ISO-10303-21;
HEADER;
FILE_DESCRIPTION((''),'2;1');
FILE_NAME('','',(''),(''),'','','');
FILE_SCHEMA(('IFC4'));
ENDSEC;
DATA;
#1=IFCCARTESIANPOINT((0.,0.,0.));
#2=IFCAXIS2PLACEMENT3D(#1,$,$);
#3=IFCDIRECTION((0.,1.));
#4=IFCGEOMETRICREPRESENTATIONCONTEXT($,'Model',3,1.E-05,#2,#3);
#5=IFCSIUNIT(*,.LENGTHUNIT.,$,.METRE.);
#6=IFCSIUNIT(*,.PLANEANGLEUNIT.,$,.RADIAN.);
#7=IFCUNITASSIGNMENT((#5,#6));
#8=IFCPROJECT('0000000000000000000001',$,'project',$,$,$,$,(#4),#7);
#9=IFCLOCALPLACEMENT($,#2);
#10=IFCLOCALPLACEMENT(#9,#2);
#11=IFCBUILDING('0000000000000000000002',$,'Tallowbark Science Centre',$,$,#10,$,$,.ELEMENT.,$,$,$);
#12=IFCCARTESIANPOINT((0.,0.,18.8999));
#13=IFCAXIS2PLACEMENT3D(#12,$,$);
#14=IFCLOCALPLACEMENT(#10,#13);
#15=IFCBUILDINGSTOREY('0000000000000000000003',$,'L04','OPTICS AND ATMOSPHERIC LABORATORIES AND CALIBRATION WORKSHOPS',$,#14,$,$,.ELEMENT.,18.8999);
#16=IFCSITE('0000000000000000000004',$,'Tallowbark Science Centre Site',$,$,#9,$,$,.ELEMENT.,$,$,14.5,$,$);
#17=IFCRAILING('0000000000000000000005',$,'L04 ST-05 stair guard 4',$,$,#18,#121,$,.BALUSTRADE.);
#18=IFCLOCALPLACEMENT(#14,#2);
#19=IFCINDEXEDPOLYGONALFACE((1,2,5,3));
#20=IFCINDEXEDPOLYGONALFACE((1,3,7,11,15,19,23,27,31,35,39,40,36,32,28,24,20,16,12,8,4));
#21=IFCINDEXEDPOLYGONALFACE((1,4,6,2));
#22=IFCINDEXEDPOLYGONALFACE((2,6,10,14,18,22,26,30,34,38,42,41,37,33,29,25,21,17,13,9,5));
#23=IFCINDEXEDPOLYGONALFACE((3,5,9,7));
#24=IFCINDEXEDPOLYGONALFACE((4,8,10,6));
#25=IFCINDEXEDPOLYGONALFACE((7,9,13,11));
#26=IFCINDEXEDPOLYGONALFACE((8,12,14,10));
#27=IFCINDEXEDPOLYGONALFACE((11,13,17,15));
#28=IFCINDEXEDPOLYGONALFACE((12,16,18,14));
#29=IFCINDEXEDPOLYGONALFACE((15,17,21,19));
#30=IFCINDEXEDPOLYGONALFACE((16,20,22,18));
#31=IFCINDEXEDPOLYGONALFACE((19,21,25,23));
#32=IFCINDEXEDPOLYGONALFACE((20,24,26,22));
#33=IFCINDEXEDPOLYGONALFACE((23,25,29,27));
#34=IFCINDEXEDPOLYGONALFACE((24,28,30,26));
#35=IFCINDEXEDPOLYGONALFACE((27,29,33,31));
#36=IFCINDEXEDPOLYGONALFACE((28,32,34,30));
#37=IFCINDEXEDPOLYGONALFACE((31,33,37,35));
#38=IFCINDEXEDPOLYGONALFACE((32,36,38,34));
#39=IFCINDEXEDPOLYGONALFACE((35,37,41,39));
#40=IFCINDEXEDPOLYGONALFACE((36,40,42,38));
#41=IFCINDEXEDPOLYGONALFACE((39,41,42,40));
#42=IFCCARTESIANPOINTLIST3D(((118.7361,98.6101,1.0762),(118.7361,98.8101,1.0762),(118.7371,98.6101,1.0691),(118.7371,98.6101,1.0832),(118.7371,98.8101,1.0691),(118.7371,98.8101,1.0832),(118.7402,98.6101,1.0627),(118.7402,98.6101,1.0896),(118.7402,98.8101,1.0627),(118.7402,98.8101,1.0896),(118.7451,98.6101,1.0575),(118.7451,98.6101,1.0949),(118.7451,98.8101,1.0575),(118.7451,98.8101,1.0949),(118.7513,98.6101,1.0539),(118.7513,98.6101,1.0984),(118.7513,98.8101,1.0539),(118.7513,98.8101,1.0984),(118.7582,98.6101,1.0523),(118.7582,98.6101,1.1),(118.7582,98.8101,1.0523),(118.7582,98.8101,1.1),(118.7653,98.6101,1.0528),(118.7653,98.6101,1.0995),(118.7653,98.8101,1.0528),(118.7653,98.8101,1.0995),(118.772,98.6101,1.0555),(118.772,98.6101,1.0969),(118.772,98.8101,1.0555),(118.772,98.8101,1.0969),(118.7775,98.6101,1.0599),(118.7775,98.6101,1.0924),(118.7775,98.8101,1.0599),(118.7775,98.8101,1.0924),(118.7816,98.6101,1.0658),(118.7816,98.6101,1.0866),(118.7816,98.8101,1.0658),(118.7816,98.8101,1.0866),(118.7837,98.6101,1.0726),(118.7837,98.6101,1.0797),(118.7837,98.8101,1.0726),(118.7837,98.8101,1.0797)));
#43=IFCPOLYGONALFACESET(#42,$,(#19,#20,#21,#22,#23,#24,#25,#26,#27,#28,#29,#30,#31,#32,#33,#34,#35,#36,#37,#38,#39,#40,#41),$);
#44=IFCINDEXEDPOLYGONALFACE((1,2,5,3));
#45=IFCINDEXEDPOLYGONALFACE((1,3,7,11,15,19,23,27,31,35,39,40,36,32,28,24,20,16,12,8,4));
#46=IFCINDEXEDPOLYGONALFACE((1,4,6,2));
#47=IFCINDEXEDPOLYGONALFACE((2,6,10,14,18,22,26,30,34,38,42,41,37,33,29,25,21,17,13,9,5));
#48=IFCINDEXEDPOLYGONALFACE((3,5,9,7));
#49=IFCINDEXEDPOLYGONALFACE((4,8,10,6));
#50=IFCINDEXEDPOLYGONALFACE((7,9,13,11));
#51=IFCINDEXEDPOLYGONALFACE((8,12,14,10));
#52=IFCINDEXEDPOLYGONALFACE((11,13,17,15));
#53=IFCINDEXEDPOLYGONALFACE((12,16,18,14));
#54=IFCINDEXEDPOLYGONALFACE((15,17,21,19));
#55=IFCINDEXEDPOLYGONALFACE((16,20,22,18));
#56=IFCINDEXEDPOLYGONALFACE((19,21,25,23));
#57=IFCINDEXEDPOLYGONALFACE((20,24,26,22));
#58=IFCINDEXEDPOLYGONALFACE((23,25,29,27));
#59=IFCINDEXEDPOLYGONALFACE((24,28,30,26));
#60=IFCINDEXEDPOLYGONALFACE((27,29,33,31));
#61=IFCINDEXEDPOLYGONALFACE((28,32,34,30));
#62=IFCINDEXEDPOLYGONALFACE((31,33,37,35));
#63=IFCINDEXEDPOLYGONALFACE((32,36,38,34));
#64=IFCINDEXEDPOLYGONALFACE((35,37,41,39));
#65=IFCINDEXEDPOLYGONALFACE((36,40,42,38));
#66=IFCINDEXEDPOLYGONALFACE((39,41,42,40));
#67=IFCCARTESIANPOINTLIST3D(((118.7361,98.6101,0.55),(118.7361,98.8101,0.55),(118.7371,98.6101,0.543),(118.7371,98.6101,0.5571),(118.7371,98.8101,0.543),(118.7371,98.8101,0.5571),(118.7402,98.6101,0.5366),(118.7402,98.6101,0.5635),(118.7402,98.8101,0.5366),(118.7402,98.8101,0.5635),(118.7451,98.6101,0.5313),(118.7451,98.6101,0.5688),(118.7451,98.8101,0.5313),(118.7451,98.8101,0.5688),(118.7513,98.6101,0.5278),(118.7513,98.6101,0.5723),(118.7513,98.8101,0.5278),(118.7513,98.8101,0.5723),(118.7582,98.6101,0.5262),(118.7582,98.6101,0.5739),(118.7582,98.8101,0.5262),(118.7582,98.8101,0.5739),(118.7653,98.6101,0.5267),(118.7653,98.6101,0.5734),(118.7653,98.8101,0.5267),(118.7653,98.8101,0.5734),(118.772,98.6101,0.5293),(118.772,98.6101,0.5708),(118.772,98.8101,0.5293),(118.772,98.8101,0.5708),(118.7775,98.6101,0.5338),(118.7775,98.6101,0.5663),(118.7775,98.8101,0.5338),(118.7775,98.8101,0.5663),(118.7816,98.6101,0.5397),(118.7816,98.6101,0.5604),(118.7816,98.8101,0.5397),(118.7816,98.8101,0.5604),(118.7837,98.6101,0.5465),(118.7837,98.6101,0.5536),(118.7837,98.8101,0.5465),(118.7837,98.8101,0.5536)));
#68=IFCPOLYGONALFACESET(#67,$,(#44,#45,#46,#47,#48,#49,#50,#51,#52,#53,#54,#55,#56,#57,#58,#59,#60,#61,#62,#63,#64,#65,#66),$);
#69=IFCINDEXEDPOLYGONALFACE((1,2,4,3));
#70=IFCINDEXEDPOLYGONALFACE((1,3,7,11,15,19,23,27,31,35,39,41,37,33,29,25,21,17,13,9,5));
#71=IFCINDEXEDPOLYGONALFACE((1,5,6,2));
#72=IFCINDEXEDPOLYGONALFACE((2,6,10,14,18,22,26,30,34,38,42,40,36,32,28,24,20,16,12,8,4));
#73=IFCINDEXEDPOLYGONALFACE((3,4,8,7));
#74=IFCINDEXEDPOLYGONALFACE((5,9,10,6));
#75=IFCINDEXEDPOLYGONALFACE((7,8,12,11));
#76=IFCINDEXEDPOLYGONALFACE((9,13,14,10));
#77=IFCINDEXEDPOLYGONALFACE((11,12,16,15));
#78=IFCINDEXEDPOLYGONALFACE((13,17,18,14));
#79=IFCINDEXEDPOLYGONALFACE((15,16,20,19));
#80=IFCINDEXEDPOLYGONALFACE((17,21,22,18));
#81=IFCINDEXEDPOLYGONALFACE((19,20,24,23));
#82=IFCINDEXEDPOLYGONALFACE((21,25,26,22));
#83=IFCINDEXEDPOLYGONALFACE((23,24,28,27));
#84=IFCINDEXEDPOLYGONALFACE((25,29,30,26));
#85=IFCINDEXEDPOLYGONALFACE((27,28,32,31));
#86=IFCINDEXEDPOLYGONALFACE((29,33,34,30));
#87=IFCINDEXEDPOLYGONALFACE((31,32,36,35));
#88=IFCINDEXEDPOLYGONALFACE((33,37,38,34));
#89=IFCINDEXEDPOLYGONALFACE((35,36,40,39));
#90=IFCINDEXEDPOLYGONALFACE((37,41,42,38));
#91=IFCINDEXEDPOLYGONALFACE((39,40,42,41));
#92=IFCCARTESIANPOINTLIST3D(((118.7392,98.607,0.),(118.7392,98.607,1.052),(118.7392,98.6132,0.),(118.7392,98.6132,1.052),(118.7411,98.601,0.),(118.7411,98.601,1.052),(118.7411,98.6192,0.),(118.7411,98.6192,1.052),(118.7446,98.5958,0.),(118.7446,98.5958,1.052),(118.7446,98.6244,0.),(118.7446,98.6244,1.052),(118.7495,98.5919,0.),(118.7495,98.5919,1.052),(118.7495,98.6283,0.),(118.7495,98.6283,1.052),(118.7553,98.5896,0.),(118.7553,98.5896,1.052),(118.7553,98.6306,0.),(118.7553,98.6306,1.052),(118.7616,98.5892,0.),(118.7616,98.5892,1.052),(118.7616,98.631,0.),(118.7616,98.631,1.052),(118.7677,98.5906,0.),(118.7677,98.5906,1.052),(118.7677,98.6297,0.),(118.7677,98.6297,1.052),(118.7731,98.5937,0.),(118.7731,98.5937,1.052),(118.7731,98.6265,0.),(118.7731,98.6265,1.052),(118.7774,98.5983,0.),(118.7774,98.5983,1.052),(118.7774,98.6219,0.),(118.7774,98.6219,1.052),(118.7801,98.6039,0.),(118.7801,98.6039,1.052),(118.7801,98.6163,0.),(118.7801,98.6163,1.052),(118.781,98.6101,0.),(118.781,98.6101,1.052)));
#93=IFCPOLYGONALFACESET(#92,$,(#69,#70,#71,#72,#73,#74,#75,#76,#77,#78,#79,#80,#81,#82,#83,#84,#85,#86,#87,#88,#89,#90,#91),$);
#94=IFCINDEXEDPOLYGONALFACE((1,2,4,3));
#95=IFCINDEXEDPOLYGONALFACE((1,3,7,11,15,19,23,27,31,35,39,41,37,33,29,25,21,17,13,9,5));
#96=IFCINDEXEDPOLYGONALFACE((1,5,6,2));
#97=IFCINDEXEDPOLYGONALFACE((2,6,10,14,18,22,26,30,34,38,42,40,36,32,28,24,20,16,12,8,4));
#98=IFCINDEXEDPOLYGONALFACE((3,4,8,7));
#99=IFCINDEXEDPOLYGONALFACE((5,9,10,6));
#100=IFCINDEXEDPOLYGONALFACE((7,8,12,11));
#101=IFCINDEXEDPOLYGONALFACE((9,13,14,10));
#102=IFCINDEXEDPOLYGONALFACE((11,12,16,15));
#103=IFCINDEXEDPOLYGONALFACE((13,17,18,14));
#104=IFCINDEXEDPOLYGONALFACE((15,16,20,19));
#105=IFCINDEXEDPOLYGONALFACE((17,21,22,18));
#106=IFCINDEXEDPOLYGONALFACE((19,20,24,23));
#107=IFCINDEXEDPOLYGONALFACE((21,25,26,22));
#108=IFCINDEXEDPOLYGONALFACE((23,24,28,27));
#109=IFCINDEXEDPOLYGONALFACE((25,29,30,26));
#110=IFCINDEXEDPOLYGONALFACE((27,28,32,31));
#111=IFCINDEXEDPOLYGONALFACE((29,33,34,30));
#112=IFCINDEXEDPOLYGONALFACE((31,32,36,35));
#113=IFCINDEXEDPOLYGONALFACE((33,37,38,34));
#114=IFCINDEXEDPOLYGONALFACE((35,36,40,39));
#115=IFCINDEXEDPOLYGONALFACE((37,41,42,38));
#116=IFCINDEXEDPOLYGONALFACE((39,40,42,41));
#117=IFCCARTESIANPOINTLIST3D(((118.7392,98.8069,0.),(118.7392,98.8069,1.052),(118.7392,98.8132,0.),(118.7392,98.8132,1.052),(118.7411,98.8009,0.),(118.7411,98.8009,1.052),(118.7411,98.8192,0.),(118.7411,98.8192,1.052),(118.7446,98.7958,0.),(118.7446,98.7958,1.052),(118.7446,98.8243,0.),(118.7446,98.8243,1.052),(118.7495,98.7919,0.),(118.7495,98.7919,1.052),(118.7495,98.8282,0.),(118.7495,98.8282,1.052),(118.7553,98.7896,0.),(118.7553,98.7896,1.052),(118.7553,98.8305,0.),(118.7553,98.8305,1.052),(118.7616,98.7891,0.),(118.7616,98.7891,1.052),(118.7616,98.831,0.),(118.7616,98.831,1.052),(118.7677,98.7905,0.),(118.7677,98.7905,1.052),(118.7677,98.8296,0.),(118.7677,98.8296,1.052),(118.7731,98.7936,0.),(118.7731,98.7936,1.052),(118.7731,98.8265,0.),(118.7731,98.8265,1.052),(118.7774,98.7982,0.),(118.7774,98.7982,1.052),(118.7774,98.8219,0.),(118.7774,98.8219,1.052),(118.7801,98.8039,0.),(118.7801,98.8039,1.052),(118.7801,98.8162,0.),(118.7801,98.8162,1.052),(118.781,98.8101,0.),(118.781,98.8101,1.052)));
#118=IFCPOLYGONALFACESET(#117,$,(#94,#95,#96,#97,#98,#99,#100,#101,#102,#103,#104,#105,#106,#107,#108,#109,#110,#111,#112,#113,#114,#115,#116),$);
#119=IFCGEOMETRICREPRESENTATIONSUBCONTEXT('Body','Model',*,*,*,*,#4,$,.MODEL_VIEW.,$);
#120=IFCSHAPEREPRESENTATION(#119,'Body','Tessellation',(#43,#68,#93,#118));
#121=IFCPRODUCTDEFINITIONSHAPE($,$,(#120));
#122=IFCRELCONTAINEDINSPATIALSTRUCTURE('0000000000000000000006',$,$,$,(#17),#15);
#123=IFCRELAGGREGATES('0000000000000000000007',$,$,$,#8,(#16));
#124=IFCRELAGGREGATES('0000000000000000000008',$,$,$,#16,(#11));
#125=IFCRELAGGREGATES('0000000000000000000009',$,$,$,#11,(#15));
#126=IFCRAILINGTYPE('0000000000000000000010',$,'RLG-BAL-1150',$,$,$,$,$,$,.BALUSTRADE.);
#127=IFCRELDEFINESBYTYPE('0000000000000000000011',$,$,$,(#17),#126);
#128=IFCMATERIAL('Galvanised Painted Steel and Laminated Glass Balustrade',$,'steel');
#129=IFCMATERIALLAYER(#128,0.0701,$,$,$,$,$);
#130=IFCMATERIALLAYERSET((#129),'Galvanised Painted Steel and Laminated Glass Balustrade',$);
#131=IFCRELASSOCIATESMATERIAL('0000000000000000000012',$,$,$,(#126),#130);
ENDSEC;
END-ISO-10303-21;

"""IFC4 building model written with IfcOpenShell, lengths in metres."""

from ifc_helpers import new_model, si_unit, direction, frame, origin, origin_2d, place, context, subcontext, project, spatial, circle, extrude, material, layer, layer_set, type_object, element, save


model = new_model("IFC4")

# Units and contexts
model_context = context("Model", 3, precision=1e-05, world=origin(), true_north=direction((0.0, 1.0)))
body_context = subcontext(model_context, "Body", "Model", "MODEL_VIEW")
ifc_project = project(units=[si_unit("LENGTHUNIT", "METRE"), si_unit("PLANEANGLEUNIT", "RADIAN")], contexts=[model_context])

# Site, building, storey
site_placement = place(None, origin())
site = spatial("IfcSite", under=ifc_project, at=site_placement, Name="Tallowbark Science Centre Site", CompositionType="ELEMENT", RefElevation=14.5)
building_placement = place(site_placement, origin())
building = spatial("IfcBuilding", under=site, at=building_placement, Name="Tallowbark Science Centre", CompositionType="ELEMENT")
storey_placement = place(building_placement, frame((0.0, 0.0, 18.8999)))
storey = spatial("IfcBuildingStorey", under=building, at=storey_placement, Name="L04", Description="OPTICS AND ATMOSPHERIC LABORATORIES AND CALIBRATION WORKSHOPS", CompositionType="ELEMENT", Elevation=18.8999)

# Railing
ifc_material_1 = material(Name="Galvanised Painted Steel and Laminated Glass Balustrade", Category="steel")
ifc_layer_1 = layer(ifc_material_1, 0.0701)
ifc_layer_set_1 = layer_set([ifc_layer_1], Name="Galvanised Painted Steel and Laminated Glass Balustrade")
railing_type_1 = type_object("IfcRailingType", Name="RLG-BAL-1150", PredefinedType="BALUSTRADE", material=ifc_layer_set_1)
railing_1_placement = place(storey_placement, frame((118.76, 98.6101, 0.0)))
element("IfcRailing", 1, at=railing_1_placement, inside=storey, type_object=railing_type_1, Name="L04 ST-05 stair guard 4", PredefinedType="BALUSTRADE", context=body_context, shape_type="SweptSolid", body=[
    extrude(circle(Radius=0.0239, at=origin_2d()), frame((0.0, 0.0, 1.0762), z_axis=(0.0, 1.0, 0.0), x_axis=(-1.0, 0.0, 0.0)), (0.0, 0.0, 1.0), 0.2),
    extrude(circle(Radius=0.0239, at=origin_2d()), frame((0.0, 0.0, 0.55), z_axis=(0.0, 1.0, 0.0), x_axis=(-1.0, 0.0, 0.0)), (0.0, 0.0, 1.0), 0.2),
    extrude(circle(Radius=0.021, at=origin_2d()), origin(), (0.0, 0.0, 1.0), 1.052),
    extrude(circle(Radius=0.021, at=origin_2d()), frame((0.0, 0.2, 0.0)), (0.0, 0.0, 1.0), 1.052),
])

save(model, "model.ifc")
